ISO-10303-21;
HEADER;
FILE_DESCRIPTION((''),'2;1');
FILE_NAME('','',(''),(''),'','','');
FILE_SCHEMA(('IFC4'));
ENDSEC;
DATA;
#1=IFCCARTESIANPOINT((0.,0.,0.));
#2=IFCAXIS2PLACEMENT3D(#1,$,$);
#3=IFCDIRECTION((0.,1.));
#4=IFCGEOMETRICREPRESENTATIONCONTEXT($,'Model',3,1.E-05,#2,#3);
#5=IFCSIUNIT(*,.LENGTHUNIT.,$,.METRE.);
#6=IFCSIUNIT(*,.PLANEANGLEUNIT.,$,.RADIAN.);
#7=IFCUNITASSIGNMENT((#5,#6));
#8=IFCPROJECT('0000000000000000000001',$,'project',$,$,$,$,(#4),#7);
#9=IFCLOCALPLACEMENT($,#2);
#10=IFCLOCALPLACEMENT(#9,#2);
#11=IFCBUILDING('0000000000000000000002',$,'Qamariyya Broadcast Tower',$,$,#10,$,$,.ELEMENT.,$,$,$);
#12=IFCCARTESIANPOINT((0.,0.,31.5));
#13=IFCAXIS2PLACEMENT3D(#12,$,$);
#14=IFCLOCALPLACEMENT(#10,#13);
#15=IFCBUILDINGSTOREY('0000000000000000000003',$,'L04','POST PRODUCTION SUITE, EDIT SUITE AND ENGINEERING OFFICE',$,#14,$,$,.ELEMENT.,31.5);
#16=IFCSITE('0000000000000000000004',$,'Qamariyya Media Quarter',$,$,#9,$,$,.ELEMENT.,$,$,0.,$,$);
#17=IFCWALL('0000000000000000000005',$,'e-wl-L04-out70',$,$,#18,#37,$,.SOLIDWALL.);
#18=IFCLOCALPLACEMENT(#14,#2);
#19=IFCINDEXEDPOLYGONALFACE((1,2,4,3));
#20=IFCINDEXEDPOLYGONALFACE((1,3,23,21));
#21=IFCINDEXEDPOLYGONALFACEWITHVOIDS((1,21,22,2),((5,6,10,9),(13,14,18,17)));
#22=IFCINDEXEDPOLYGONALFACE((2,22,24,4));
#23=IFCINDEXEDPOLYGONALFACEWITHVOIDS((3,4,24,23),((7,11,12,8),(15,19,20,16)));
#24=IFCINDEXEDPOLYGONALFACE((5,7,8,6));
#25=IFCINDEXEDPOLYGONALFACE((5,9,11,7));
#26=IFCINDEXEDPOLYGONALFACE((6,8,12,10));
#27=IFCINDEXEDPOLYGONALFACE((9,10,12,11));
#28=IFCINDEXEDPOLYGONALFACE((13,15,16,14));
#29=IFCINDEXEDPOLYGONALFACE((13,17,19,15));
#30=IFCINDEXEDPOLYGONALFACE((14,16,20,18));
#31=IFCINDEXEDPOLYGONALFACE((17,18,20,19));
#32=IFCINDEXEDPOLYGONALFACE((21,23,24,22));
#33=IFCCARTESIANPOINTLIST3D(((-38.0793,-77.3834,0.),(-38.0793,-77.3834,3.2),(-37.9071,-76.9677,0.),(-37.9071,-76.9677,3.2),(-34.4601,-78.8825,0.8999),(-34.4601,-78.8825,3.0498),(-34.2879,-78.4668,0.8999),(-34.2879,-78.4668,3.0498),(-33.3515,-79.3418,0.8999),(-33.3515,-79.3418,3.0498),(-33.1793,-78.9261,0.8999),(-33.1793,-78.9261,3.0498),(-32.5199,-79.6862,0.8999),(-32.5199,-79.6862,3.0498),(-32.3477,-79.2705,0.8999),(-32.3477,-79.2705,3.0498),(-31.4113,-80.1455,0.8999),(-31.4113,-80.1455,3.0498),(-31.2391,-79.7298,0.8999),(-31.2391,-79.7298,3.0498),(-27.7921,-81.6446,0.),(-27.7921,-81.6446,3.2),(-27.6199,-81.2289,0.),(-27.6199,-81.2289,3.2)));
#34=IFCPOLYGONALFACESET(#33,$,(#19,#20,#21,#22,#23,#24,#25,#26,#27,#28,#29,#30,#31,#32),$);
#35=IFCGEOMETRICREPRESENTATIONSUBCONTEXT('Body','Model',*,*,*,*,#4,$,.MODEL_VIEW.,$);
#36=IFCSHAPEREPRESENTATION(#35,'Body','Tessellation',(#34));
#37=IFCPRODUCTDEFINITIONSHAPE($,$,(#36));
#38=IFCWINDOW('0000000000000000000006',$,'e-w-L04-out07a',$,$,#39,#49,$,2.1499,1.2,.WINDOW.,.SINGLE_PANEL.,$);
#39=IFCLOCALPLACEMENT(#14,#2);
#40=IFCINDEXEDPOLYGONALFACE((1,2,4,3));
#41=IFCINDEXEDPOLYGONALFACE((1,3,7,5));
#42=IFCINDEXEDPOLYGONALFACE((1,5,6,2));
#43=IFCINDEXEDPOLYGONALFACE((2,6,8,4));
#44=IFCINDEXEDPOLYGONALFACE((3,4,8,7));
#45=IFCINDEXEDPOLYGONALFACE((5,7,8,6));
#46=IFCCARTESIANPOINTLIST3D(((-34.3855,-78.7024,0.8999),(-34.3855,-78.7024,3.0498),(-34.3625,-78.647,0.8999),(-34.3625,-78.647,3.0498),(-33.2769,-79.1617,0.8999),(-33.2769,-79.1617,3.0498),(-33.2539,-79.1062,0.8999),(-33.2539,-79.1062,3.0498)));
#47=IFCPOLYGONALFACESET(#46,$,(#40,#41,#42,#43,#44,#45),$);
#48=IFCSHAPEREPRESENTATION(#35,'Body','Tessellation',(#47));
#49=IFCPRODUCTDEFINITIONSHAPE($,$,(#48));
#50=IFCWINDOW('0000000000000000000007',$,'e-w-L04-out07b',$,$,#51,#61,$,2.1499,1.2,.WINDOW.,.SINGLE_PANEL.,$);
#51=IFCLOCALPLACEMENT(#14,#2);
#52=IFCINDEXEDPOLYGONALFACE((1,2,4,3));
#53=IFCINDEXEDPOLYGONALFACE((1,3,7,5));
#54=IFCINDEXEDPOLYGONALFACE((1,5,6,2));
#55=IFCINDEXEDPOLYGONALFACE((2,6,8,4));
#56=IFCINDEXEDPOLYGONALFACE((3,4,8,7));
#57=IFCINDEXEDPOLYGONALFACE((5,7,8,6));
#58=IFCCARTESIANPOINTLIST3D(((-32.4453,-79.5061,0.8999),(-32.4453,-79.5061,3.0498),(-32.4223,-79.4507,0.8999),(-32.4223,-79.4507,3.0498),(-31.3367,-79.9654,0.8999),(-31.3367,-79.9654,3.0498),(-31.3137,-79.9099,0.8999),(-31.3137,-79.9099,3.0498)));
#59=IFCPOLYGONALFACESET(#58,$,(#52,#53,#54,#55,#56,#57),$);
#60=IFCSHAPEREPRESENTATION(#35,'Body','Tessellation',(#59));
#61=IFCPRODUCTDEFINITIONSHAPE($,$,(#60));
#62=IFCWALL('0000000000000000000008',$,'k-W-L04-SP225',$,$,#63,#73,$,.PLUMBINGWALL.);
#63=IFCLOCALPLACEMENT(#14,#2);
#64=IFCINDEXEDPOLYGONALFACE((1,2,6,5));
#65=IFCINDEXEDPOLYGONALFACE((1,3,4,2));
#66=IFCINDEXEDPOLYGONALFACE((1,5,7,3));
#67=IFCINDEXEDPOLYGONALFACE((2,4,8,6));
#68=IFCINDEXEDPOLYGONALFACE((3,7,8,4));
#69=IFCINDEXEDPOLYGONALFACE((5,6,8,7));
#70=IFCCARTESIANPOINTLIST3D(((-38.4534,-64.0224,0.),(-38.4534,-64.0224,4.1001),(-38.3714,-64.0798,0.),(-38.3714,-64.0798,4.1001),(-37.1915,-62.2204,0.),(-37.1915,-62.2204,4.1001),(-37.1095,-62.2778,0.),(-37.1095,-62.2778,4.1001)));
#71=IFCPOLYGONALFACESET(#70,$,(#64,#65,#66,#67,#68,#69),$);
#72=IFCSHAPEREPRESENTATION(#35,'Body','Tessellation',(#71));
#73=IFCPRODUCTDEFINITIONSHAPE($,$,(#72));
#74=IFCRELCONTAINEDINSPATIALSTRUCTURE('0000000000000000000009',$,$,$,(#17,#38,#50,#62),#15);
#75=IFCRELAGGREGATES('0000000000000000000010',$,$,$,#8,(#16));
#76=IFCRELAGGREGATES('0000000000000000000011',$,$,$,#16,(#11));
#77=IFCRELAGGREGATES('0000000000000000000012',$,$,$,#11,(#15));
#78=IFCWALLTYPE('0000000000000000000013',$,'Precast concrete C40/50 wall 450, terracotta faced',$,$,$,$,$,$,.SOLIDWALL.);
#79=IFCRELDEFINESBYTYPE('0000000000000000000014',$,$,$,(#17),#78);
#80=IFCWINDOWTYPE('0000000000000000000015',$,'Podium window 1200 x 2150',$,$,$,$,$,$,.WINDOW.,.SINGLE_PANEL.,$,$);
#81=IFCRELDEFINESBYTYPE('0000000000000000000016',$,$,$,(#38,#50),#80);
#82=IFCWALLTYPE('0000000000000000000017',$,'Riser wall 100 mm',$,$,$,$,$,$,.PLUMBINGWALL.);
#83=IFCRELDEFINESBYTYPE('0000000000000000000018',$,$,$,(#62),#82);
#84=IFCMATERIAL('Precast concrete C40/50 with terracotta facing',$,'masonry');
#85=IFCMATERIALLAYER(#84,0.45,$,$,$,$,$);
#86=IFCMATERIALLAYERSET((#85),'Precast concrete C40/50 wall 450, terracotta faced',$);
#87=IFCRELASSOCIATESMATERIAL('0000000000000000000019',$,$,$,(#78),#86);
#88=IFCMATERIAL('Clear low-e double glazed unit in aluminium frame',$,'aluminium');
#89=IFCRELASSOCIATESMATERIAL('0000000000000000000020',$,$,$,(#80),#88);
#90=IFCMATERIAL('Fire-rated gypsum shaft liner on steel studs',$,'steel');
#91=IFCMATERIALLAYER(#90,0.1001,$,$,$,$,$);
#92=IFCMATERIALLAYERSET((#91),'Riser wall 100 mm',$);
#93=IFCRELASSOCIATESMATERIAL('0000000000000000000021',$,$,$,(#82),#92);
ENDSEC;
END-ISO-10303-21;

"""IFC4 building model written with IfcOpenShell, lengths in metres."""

from ifc_helpers import new_model, si_unit, direction, frame, frame_2d, origin, place, context, subcontext, project, spatial, rectangle, extrude, material, layer, layer_set, type_object, element, fill, save


model = new_model("IFC4")

# Units and contexts
model_context = context("Model", 3, precision=1e-05, world=origin(), true_north=direction((0.0, 1.0)))
body_context = subcontext(model_context, "Body", "Model", "MODEL_VIEW")
ifc_project = project(units=[si_unit("LENGTHUNIT", "METRE"), si_unit("PLANEANGLEUNIT", "RADIAN")], contexts=[model_context])

# Site, building, storey
site_placement = place(None, origin())
site = spatial("IfcSite", under=ifc_project, at=site_placement, Name="Qamariyya Media Quarter", CompositionType="ELEMENT", RefElevation=0.0)
building_placement = place(site_placement, origin())
building = spatial("IfcBuilding", under=site, at=building_placement, Name="Qamariyya Broadcast Tower", CompositionType="ELEMENT")
storey_placement = place(building_placement, frame((0.0, 0.0, 31.5)))
storey = spatial("IfcBuildingStorey", under=building, at=storey_placement, Name="L04", Description="POST PRODUCTION SUITE, EDIT SUITE AND ENGINEERING OFFICE", CompositionType="ELEMENT", Elevation=31.5)

# Wall, openings, windows
ifc_material_1 = material(Name="Precast concrete C40/50 with terracotta facing", Category="masonry")
ifc_layer_1 = layer(ifc_material_1, 0.45)
ifc_layer_set_1 = layer_set([ifc_layer_1], Name="Precast concrete C40/50 wall 450, terracotta faced")
wall_type_1 = type_object("IfcWallType", Name="Precast concrete C40/50 wall 450, terracotta faced", PredefinedType="SOLIDWALL", material=ifc_layer_set_1)
wall_1_placement = place(storey_placement, frame((-37.9932, -77.1755, 0.0), z_axis=(0.0, 0.0, 1.0), x_axis=(0.923874, -0.382696, 0.0)))
wall_1 = element("IfcWall", 1, at=wall_1_placement, inside=storey, type_object=wall_type_1, Name="e-wl-L04-out70", PredefinedType="SOLIDWALL", context=body_context, shape_type="SweptSolid", body=[
    extrude(rectangle(XDim=11.1348, YDim=0.45, at=frame_2d((5.5674, 0.0))), origin(), (0.0, 0.0, 1.0), 3.2),
])
opening_1_placement = place(wall_1_placement, frame((3.9172, 0.0, 0.8999)))
opening_1 = element("IfcOpeningElement", 2, at=opening_1_placement, cuts=wall_1, PredefinedType="OPENING", context=body_context, shape_type="SweptSolid", body=[
    extrude(rectangle(XDim=1.2, YDim=2.1499, at=frame_2d((0.6001, 1.075))), frame((0.0, 0.2349, 0.0), z_axis=(0.0, -1.0, 0.0), x_axis=(1.0, 0.0, 0.0)), (0.0, 0.0, 1.0), 0.47),
])
opening_2_placement = place(wall_1_placement, frame((6.0173, 0.0, 0.8999)))
opening_2 = element("IfcOpeningElement", 3, at=opening_2_placement, cuts=wall_1, PredefinedType="OPENING", context=body_context, shape_type="SweptSolid", body=[
    extrude(rectangle(XDim=1.2, YDim=2.1499, at=frame_2d((0.6001, 1.075))), frame((0.0, 0.2349, 0.0), z_axis=(0.0, -1.0, 0.0), x_axis=(1.0, 0.0, 0.0)), (0.0, 0.0, 1.0), 0.47),
])
ifc_material_2 = material(Name="Clear low-e double glazed unit in aluminium frame", Category="aluminium")
window_type = type_object("IfcWindowType", Name="Podium window 1200 x 2150", PartitioningType="SINGLE_PANEL", PredefinedType="WINDOW", material=ifc_material_2)
window_1_placement = place(opening_1_placement, origin())
window_1 = element("IfcWindow", 4, at=window_1_placement, inside=storey, type_object=window_type, Name="e-w-L04-out07a", OverallHeight=2.1499, OverallWidth=1.2, PartitioningType="SINGLE_PANEL", PredefinedType="WINDOW", context=body_context, shape_type="SweptSolid", body=[
    extrude(rectangle(XDim=1.2, YDim=2.1499, at=frame_2d((0.6001, 1.075))), frame((0.0, 0.03, 0.0), z_axis=(0.0, -1.0, 0.0), x_axis=(1.0, 0.0, 0.0)), (0.0, 0.0, 1.0), 0.0601),
])
fill(opening_1, window_1)
window_2_placement = place(opening_2_placement, origin())
window_2 = element("IfcWindow", 5, at=window_2_placement, inside=storey, type_object=window_type, Name="e-w-L04-out07b", OverallHeight=2.1499, OverallWidth=1.2, PartitioningType="SINGLE_PANEL", PredefinedType="WINDOW", context=body_context, shape_type="SweptSolid", body=[
    extrude(rectangle(XDim=1.2, YDim=2.1499, at=frame_2d((0.6001, 1.075))), frame((0.0, 0.03, 0.0), z_axis=(0.0, -1.0, 0.0), x_axis=(1.0, 0.0, 0.0)), (0.0, 0.0, 1.0), 0.0601),
])
fill(opening_2, window_2)

# Wall
ifc_material_3 = material(Name="Fire-rated gypsum shaft liner on steel studs", Category="steel")
ifc_layer_2 = layer(ifc_material_3, 0.1001)
ifc_layer_set_2 = layer_set([ifc_layer_2], Name="Riser wall 100 mm")
wall_type_2 = type_object("IfcWallType", Name="Riser wall 100 mm", PredefinedType="PLUMBINGWALL", material=ifc_layer_set_2)
wall_2_placement = place(storey_placement, frame((-37.1504, -62.249, 0.0), z_axis=(0.0, 0.0, 1.0), x_axis=(-0.573634, -0.819112, 0.0)))
element("IfcWall", 6, at=wall_2_placement, inside=storey, type_object=wall_type_2, Name="k-W-L04-SP225", PredefinedType="PLUMBINGWALL", context=body_context, shape_type="SweptSolid", body=[
    extrude(rectangle(XDim=2.2, YDim=0.1001, at=frame_2d((1.1001, 0.0))), origin(), (0.0, 0.0, 1.0), 4.1001),
])

save(model, "model.ifc")
